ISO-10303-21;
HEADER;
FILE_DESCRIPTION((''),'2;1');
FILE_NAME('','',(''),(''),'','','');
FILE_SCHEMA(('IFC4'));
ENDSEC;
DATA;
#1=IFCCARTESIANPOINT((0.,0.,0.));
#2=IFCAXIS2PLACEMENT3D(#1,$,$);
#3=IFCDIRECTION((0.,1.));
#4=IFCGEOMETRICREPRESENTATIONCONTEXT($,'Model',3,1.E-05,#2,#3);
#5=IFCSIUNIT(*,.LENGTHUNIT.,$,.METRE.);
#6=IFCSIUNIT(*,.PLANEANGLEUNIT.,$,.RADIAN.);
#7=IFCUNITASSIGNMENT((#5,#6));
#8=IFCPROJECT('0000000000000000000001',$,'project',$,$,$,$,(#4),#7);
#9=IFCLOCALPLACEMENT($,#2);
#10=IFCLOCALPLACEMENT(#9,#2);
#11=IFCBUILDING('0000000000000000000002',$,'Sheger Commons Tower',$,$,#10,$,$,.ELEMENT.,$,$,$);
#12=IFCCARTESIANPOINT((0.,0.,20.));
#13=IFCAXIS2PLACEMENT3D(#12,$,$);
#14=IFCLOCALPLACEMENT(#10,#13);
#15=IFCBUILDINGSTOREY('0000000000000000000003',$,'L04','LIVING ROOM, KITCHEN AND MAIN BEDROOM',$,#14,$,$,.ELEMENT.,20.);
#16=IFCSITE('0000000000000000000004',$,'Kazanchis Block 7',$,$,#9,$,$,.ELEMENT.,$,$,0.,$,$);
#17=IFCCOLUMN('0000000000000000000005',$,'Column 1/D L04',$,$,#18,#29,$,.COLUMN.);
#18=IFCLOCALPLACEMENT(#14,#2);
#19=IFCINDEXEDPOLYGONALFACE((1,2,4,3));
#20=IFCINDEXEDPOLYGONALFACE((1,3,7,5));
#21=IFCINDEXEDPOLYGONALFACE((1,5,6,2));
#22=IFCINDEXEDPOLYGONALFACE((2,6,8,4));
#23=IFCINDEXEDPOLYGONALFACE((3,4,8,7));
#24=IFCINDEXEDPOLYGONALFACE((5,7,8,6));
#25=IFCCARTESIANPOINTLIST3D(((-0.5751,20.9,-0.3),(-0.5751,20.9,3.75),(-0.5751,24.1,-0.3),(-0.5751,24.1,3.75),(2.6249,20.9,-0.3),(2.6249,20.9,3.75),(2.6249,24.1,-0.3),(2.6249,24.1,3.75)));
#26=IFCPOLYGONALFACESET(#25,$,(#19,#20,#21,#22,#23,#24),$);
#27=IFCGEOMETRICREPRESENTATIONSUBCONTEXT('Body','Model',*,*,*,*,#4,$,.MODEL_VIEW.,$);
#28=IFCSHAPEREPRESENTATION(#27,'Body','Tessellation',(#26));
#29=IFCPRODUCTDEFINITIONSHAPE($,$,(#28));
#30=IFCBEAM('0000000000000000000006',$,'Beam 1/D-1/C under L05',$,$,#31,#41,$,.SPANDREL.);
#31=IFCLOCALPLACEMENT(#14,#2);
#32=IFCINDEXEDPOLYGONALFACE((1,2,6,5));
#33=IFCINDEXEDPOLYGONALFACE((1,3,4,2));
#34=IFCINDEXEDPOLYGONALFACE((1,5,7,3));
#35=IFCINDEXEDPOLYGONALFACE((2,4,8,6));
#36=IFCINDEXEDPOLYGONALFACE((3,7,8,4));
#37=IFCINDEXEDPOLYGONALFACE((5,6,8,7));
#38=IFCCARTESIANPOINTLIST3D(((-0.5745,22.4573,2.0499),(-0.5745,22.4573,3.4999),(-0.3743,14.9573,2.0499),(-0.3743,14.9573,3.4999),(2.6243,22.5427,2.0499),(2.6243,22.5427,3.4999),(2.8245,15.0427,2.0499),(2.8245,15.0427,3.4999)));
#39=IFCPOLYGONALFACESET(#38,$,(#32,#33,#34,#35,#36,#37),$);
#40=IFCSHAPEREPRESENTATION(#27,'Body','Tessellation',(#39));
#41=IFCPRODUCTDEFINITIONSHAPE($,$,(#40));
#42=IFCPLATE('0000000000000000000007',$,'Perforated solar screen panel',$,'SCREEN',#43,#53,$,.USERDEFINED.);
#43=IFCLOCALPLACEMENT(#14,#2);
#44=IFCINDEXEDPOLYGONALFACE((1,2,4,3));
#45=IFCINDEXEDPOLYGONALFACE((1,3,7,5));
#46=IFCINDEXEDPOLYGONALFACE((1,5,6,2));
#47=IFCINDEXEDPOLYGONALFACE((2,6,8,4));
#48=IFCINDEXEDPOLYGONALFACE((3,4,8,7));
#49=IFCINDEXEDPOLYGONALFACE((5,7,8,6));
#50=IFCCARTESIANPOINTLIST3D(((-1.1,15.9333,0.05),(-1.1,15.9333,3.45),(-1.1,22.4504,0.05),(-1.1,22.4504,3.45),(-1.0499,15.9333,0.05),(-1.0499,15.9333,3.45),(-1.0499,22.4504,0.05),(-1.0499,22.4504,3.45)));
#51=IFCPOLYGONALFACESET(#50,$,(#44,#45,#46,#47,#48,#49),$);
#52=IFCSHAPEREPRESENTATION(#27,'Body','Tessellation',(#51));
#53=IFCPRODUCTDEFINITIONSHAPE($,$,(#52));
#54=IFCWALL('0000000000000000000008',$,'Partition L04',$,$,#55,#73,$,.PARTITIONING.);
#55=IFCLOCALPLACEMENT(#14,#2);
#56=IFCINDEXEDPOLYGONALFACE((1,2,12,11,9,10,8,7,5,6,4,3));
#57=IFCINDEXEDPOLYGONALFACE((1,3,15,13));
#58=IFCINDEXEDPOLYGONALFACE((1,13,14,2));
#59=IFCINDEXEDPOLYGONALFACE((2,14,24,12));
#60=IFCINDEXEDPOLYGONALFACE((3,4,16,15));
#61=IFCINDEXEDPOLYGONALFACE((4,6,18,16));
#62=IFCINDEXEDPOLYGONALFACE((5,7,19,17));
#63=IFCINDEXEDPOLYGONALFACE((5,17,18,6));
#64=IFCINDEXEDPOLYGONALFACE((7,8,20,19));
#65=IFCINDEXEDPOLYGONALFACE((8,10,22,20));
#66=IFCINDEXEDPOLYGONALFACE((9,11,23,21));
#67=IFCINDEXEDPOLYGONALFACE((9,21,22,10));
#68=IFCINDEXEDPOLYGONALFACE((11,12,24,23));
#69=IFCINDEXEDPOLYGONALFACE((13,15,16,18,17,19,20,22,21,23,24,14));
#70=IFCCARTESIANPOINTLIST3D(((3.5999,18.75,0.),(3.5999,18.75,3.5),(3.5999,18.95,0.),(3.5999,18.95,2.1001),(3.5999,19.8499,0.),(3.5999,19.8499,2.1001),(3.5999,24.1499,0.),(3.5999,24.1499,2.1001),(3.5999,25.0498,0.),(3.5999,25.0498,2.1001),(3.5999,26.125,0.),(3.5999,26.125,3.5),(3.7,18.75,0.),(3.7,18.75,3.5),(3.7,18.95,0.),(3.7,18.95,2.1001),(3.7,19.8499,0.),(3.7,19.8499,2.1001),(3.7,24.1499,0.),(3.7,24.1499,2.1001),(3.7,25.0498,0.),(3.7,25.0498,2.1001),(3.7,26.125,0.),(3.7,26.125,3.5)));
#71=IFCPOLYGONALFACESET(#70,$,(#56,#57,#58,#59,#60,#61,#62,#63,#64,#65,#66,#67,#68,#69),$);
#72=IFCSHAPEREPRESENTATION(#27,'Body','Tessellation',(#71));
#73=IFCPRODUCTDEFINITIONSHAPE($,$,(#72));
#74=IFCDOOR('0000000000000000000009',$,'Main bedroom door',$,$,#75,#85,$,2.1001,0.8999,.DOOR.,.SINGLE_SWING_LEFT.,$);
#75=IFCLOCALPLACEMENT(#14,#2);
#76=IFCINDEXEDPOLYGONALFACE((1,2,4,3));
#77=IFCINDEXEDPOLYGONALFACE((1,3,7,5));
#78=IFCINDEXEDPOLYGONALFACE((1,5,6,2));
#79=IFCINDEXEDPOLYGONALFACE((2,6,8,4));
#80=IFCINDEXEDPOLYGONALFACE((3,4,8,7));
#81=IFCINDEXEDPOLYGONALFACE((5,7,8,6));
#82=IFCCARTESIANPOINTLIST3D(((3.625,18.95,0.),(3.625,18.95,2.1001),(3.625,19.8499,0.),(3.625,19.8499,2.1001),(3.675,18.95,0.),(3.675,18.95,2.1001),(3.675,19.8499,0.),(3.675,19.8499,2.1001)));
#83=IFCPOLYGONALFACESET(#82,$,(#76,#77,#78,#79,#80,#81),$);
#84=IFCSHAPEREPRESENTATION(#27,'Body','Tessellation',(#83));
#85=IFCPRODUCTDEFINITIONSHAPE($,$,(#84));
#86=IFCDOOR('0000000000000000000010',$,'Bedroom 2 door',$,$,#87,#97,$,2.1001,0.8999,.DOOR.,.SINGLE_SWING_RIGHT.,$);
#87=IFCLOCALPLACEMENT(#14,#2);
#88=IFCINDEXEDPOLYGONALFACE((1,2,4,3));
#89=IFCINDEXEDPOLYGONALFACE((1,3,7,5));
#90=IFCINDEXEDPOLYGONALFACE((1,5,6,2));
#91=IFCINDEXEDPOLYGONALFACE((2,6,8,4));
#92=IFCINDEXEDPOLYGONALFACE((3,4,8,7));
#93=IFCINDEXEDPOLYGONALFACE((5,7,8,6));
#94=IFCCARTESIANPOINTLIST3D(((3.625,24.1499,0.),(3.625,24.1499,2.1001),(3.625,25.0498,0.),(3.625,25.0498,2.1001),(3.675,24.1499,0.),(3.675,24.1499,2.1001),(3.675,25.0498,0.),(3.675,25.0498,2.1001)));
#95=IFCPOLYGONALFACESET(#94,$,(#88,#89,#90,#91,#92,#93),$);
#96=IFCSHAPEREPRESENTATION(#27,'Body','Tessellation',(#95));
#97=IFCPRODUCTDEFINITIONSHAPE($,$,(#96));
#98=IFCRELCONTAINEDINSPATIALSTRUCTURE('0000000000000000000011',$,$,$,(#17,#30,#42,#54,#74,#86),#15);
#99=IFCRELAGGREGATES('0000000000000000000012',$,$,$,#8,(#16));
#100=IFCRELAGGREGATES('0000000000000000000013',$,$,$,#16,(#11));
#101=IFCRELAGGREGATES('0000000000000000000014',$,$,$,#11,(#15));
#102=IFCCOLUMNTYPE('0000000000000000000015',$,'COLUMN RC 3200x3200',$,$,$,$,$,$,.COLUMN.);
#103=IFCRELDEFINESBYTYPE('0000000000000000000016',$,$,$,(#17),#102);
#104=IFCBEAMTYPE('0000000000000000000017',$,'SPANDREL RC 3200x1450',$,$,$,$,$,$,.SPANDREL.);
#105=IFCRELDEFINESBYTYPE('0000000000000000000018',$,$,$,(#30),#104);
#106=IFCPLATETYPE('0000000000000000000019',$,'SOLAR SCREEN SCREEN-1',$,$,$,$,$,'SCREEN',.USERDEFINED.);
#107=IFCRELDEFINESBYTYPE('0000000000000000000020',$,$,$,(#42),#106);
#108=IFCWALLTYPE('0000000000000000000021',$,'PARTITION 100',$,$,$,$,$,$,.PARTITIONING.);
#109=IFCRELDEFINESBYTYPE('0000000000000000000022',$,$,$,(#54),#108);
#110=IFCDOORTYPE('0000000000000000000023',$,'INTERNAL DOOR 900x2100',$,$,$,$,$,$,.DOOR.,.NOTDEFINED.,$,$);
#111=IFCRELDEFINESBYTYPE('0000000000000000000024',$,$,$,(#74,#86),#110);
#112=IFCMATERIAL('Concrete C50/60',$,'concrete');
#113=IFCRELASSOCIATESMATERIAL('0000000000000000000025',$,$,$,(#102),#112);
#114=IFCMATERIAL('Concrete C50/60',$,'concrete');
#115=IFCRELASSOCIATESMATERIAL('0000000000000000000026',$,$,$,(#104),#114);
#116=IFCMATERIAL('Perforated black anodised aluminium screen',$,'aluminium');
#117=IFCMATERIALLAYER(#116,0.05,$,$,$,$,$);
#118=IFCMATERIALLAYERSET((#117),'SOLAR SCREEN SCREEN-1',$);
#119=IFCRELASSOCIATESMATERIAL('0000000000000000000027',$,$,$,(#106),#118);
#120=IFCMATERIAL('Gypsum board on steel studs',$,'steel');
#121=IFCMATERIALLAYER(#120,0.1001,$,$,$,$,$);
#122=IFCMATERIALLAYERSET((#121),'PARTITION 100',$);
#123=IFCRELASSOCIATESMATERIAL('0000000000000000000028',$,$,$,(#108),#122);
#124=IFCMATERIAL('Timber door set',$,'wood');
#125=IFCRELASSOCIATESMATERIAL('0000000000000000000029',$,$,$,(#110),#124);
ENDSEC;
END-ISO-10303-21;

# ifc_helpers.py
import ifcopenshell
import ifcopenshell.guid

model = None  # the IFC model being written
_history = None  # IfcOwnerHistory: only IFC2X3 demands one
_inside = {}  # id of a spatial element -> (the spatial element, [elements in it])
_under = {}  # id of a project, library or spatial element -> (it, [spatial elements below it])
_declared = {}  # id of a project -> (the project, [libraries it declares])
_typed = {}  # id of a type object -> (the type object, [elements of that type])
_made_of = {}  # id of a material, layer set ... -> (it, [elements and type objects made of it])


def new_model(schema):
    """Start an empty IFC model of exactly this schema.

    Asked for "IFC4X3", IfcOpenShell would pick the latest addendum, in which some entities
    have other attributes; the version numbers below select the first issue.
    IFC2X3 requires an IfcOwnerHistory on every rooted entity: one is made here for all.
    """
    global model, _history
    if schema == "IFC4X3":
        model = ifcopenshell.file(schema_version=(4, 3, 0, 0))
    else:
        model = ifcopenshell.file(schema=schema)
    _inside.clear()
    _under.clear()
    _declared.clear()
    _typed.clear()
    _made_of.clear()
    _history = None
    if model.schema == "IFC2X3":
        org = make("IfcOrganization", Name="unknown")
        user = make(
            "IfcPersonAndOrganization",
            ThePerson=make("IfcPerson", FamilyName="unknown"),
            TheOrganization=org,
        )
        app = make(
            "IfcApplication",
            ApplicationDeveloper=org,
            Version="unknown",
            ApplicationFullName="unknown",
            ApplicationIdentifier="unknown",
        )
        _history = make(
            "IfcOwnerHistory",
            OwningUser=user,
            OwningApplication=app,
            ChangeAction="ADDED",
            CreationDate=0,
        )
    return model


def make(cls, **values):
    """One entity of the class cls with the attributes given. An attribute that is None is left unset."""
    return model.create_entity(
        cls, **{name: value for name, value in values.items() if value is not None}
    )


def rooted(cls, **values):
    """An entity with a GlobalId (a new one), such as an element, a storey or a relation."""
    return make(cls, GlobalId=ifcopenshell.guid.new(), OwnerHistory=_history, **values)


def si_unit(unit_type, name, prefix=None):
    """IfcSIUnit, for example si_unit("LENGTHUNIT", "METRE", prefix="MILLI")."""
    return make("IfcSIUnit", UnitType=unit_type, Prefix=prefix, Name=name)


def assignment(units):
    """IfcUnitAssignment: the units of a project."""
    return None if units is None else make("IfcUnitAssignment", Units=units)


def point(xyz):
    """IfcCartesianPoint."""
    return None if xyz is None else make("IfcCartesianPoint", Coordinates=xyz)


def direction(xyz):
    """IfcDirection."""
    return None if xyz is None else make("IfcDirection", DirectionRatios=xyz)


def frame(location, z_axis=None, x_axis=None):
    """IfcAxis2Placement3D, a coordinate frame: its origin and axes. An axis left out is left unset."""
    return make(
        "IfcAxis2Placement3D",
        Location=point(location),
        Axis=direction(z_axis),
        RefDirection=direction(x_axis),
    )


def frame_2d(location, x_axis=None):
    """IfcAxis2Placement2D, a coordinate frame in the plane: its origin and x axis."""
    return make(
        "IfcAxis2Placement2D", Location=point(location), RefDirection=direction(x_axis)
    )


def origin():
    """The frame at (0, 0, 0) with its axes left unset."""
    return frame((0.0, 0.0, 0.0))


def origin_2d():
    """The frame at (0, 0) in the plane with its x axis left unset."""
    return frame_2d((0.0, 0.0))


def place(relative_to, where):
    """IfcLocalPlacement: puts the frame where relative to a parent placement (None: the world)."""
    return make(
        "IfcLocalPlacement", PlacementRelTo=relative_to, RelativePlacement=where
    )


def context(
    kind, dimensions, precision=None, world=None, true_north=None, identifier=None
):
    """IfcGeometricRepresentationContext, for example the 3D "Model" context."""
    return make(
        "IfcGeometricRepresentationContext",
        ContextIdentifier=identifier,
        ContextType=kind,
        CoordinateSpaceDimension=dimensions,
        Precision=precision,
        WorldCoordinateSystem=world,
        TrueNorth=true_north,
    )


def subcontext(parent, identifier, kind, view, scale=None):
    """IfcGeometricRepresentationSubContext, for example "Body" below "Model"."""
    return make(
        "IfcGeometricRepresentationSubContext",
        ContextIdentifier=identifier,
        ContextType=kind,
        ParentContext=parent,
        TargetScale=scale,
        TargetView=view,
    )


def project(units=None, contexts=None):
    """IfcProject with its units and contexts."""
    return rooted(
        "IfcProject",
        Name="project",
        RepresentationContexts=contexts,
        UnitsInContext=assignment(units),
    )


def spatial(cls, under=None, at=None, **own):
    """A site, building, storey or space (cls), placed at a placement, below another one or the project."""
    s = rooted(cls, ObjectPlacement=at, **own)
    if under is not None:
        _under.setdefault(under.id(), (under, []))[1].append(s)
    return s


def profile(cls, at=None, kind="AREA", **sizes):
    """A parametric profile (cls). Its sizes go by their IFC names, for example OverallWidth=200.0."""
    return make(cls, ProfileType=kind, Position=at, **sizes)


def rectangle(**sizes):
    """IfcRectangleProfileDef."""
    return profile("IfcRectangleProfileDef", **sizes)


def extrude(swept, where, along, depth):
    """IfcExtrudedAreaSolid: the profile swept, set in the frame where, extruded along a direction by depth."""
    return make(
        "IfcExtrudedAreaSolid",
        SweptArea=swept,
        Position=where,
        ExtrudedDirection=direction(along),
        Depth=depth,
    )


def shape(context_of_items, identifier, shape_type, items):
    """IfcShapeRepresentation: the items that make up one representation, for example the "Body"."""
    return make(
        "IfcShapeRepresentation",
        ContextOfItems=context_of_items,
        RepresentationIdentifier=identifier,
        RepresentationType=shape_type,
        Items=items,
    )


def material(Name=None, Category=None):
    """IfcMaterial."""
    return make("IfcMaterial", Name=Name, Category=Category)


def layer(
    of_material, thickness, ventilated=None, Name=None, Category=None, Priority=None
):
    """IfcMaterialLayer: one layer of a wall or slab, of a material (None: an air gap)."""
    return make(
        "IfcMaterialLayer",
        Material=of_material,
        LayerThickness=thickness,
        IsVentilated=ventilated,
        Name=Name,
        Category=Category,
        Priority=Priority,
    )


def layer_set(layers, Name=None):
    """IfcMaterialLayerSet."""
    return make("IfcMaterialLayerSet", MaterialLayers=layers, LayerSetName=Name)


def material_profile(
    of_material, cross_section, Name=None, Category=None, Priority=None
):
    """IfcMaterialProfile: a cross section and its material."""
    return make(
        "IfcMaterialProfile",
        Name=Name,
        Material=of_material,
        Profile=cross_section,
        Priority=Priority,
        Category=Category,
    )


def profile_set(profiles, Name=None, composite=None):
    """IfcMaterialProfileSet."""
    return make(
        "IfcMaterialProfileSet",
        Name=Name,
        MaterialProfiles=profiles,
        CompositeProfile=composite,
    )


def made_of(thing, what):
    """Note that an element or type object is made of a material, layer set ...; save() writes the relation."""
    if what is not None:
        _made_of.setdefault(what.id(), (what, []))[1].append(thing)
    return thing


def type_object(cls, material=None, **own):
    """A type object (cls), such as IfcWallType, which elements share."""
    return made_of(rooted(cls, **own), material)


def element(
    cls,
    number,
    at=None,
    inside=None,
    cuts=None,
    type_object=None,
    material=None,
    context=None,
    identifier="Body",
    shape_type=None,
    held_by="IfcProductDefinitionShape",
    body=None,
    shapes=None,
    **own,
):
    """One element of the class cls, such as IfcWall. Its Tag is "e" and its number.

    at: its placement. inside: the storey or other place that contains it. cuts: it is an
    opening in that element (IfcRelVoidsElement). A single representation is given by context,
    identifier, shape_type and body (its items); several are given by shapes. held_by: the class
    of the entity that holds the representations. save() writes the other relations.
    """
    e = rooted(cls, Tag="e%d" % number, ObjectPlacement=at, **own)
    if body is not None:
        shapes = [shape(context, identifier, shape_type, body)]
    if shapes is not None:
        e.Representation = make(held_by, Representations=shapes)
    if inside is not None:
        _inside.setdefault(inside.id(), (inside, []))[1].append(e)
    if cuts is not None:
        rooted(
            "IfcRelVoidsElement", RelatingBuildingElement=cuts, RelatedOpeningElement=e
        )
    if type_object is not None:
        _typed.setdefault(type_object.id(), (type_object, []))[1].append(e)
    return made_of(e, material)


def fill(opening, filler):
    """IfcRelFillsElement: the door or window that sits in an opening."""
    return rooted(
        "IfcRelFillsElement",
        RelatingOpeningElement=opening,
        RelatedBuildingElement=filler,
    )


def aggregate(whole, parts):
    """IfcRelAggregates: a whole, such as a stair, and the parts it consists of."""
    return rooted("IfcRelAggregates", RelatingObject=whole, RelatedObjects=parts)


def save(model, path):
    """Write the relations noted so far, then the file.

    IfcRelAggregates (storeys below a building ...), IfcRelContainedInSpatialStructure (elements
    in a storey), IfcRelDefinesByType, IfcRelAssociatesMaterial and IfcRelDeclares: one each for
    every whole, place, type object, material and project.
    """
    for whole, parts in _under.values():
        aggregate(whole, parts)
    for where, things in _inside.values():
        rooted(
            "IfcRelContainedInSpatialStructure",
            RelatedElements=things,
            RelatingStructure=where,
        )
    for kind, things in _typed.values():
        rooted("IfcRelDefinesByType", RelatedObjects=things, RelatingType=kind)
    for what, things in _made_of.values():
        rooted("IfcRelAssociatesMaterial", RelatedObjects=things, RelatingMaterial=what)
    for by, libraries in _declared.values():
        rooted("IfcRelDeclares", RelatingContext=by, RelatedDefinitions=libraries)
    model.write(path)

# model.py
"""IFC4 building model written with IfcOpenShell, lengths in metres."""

from ifc_helpers import new_model, si_unit, direction, frame, frame_2d, origin, origin_2d, place, context, subcontext, project, spatial, rectangle, extrude, material, layer, layer_set, material_profile, profile_set, type_object, element, fill, save


model = new_model("IFC4")

# Units and contexts
model_context = context("Model", 3, precision=1e-05, world=origin(), true_north=direction((0.0, 1.0)))
body_context = subcontext(model_context, "Body", "Model", "MODEL_VIEW")
ifc_project = project(units=[si_unit("LENGTHUNIT", "METRE"), si_unit("PLANEANGLEUNIT", "RADIAN")], contexts=[model_context])

# Site, building, storey
site_placement = place(None, origin())
site = spatial("IfcSite", under=ifc_project, at=site_placement, Name="Kazanchis Block 7", CompositionType="ELEMENT", RefElevation=0.0)
building_placement = place(site_placement, origin())
building = spatial("IfcBuilding", under=site, at=building_placement, Name="Sheger Commons Tower", CompositionType="ELEMENT")
storey_placement = place(building_placement, frame((0.0, 0.0, 20.0)))
storey = spatial("IfcBuildingStorey", under=building, at=storey_placement, Name="L04", Description="LIVING ROOM, KITCHEN AND MAIN BEDROOM", CompositionType="ELEMENT", Elevation=20.0)

# Column
ifc_material_1 = material(Name="Concrete C50/60", Category="concrete")
ifc_material_profile_1 = material_profile(ifc_material_1, rectangle(XDim=3.2, YDim=3.2, at=origin_2d()), Name="RC 3200x3200")
ifc_profile_set_1 = profile_set([ifc_material_profile_1], Name="Concrete C50/60")
column_type = type_object("IfcColumnType", Name="COLUMN RC 3200x3200", PredefinedType="COLUMN", material=ifc_profile_set_1)
column_placement = place(storey_placement, frame((1.0249, 22.5, -0.3), z_axis=(0.0, 0.0, 1.0), x_axis=(1.0, 0.0, 0.0)))
element("IfcColumn", 1, at=column_placement, inside=storey, type_object=column_type, Name="Column 1/D L04", PredefinedType="COLUMN", context=body_context, shape_type="SweptSolid", body=[
    extrude(rectangle(XDim=3.2, YDim=3.2, at=origin_2d()), origin(), (0.0, 0.0, 1.0), 4.05),
])

# Beam
ifc_material_2 = material(Name="Concrete C50/60", Category="concrete")
ifc_material_profile_2 = material_profile(ifc_material_2, rectangle(XDim=3.2, YDim=1.45, at=origin_2d()), Name="RC 3200x1450")
ifc_profile_set_2 = profile_set([ifc_material_profile_2], Name="Concrete C50/60")
beam_type = type_object("IfcBeamType", Name="SPANDREL RC 3200x1450", PredefinedType="SPANDREL", material=ifc_profile_set_2)
beam_placement = place(storey_placement, frame((1.0249, 22.5, 2.7749), z_axis=(0.026683, -0.999644, 0.0), x_axis=(0.999644, 0.026683, 0.0)))
element("IfcBeam", 2, at=beam_placement, inside=storey, type_object=beam_type, Name="Beam 1/D-1/C under L05", PredefinedType="SPANDREL", context=body_context, shape_type="SweptSolid", body=[
    extrude(rectangle(XDim=3.2, YDim=1.45, at=origin_2d()), origin(), (0.0, 0.0, 1.0), 7.5027),
])

# Plate
ifc_material_3 = material(Name="Perforated black anodised aluminium screen", Category="aluminium")
ifc_layer_1 = layer(ifc_material_3, 0.05)
ifc_layer_set_1 = layer_set([ifc_layer_1], Name="SOLAR SCREEN SCREEN-1")
plate_type = type_object("IfcPlateType", Name="SOLAR SCREEN SCREEN-1", ElementType="SCREEN", PredefinedType="USERDEFINED", material=ifc_layer_set_1)
plate_placement = place(storey_placement, frame((-1.075, 19.1919, 0.05), z_axis=(0.0, 0.0, 1.0), x_axis=(0.0, -1.0, 0.0)))
element("IfcPlate", 3, at=plate_placement, inside=storey, type_object=plate_type, Name="Perforated solar screen panel", ObjectType="SCREEN", PredefinedType="USERDEFINED", context=body_context, shape_type="SweptSolid", body=[
    extrude(rectangle(XDim=6.5171, YDim=0.05, at=origin_2d()), origin(), (0.0, 0.0, 1.0), 3.3999),
])

# Wall, openings, doors
ifc_material_4 = material(Name="Gypsum board on steel studs", Category="steel")
ifc_layer_2 = layer(ifc_material_4, 0.1001)
ifc_layer_set_2 = layer_set([ifc_layer_2], Name="PARTITION 100")
wall_type = type_object("IfcWallType", Name="PARTITION 100", PredefinedType="PARTITIONING", material=ifc_layer_set_2)
wall_1_placement = place(storey_placement, frame((3.6499, 18.75, 0.0), z_axis=(0.0, 0.0, 1.0), x_axis=(0.0, 1.0, 0.0)))
wall_1 = element("IfcWall", 4, at=wall_1_placement, inside=storey, type_object=wall_type, Name="Partition L04", PredefinedType="PARTITIONING", context=body_context, shape_type="SweptSolid", body=[
    extrude(rectangle(XDim=7.375, YDim=0.1001, at=frame_2d((3.6875, 0.0))), origin(), (0.0, 0.0, 1.0), 3.5),
])
opening_1_placement = place(wall_1_placement, frame((0.2, 0.0, 0.0)))
opening_1 = element("IfcOpeningElement", 5, at=opening_1_placement, cuts=wall_1, PredefinedType="OPENING", context=body_context, shape_type="SweptSolid", body=[
    extrude(rectangle(XDim=0.8999, YDim=2.1001, at=frame_2d((0.45, 1.05))), frame((0.0, 0.0601, 0.0), z_axis=(0.0, -1.0, 0.0), x_axis=(1.0, 0.0, 0.0)), (0.0, 0.0, 1.0), 0.1201),
])
opening_2_placement = place(wall_1_placement, frame((5.3999, 0.0, 0.0)))
opening_2 = element("IfcOpeningElement", 6, at=opening_2_placement, cuts=wall_1, PredefinedType="OPENING", context=body_context, shape_type="SweptSolid", body=[
    extrude(rectangle(XDim=0.8999, YDim=2.1001, at=frame_2d((0.45, 1.05))), frame((0.0, 0.0601, 0.0), z_axis=(0.0, -1.0, 0.0), x_axis=(1.0, 0.0, 0.0)), (0.0, 0.0, 1.0), 0.1201),
])
ifc_material_5 = material(Name="Timber door set", Category="wood")
door_type = type_object("IfcDoorType", Name="INTERNAL DOOR 900x2100", OperationType="NOTDEFINED", PredefinedType="DOOR", material=ifc_material_5)
door_1_placement = place(opening_1_placement, origin())
door_1 = element("IfcDoor", 7, at=door_1_placement, inside=storey, type_object=door_type, Name="Main bedroom door", OperationType="SINGLE_SWING_LEFT", OverallHeight=2.1001, OverallWidth=0.8999, PredefinedType="DOOR", context=body_context, shape_type="SweptSolid", body=[
    extrude(rectangle(XDim=0.8999, YDim=2.1001, at=frame_2d((0.45, 1.05))), frame((0.0, 0.0249, 0.0), z_axis=(0.0, -1.0, 0.0), x_axis=(1.0, 0.0, 0.0)), (0.0, 0.0, 1.0), 0.05),
])
fill(opening_1, door_1)
door_2_placement = place(opening_2_placement, origin())
door_2 = element("IfcDoor", 8, at=door_2_placement, inside=storey, type_object=door_type, Name="Bedroom 2 door", OperationType="SINGLE_SWING_RIGHT", OverallHeight=2.1001, OverallWidth=0.8999, PredefinedType="DOOR", context=body_context, shape_type="SweptSolid", body=[
    extrude(rectangle(XDim=0.8999, YDim=2.1001, at=frame_2d((0.45, 1.05))), frame((0.0, 0.0249, 0.0), z_axis=(0.0, -1.0, 0.0), x_axis=(1.0, 0.0, 0.0)), (0.0, 0.0, 1.0), 0.05),
])
fill(opening_2, door_2)

save(model, "model.ifc")
